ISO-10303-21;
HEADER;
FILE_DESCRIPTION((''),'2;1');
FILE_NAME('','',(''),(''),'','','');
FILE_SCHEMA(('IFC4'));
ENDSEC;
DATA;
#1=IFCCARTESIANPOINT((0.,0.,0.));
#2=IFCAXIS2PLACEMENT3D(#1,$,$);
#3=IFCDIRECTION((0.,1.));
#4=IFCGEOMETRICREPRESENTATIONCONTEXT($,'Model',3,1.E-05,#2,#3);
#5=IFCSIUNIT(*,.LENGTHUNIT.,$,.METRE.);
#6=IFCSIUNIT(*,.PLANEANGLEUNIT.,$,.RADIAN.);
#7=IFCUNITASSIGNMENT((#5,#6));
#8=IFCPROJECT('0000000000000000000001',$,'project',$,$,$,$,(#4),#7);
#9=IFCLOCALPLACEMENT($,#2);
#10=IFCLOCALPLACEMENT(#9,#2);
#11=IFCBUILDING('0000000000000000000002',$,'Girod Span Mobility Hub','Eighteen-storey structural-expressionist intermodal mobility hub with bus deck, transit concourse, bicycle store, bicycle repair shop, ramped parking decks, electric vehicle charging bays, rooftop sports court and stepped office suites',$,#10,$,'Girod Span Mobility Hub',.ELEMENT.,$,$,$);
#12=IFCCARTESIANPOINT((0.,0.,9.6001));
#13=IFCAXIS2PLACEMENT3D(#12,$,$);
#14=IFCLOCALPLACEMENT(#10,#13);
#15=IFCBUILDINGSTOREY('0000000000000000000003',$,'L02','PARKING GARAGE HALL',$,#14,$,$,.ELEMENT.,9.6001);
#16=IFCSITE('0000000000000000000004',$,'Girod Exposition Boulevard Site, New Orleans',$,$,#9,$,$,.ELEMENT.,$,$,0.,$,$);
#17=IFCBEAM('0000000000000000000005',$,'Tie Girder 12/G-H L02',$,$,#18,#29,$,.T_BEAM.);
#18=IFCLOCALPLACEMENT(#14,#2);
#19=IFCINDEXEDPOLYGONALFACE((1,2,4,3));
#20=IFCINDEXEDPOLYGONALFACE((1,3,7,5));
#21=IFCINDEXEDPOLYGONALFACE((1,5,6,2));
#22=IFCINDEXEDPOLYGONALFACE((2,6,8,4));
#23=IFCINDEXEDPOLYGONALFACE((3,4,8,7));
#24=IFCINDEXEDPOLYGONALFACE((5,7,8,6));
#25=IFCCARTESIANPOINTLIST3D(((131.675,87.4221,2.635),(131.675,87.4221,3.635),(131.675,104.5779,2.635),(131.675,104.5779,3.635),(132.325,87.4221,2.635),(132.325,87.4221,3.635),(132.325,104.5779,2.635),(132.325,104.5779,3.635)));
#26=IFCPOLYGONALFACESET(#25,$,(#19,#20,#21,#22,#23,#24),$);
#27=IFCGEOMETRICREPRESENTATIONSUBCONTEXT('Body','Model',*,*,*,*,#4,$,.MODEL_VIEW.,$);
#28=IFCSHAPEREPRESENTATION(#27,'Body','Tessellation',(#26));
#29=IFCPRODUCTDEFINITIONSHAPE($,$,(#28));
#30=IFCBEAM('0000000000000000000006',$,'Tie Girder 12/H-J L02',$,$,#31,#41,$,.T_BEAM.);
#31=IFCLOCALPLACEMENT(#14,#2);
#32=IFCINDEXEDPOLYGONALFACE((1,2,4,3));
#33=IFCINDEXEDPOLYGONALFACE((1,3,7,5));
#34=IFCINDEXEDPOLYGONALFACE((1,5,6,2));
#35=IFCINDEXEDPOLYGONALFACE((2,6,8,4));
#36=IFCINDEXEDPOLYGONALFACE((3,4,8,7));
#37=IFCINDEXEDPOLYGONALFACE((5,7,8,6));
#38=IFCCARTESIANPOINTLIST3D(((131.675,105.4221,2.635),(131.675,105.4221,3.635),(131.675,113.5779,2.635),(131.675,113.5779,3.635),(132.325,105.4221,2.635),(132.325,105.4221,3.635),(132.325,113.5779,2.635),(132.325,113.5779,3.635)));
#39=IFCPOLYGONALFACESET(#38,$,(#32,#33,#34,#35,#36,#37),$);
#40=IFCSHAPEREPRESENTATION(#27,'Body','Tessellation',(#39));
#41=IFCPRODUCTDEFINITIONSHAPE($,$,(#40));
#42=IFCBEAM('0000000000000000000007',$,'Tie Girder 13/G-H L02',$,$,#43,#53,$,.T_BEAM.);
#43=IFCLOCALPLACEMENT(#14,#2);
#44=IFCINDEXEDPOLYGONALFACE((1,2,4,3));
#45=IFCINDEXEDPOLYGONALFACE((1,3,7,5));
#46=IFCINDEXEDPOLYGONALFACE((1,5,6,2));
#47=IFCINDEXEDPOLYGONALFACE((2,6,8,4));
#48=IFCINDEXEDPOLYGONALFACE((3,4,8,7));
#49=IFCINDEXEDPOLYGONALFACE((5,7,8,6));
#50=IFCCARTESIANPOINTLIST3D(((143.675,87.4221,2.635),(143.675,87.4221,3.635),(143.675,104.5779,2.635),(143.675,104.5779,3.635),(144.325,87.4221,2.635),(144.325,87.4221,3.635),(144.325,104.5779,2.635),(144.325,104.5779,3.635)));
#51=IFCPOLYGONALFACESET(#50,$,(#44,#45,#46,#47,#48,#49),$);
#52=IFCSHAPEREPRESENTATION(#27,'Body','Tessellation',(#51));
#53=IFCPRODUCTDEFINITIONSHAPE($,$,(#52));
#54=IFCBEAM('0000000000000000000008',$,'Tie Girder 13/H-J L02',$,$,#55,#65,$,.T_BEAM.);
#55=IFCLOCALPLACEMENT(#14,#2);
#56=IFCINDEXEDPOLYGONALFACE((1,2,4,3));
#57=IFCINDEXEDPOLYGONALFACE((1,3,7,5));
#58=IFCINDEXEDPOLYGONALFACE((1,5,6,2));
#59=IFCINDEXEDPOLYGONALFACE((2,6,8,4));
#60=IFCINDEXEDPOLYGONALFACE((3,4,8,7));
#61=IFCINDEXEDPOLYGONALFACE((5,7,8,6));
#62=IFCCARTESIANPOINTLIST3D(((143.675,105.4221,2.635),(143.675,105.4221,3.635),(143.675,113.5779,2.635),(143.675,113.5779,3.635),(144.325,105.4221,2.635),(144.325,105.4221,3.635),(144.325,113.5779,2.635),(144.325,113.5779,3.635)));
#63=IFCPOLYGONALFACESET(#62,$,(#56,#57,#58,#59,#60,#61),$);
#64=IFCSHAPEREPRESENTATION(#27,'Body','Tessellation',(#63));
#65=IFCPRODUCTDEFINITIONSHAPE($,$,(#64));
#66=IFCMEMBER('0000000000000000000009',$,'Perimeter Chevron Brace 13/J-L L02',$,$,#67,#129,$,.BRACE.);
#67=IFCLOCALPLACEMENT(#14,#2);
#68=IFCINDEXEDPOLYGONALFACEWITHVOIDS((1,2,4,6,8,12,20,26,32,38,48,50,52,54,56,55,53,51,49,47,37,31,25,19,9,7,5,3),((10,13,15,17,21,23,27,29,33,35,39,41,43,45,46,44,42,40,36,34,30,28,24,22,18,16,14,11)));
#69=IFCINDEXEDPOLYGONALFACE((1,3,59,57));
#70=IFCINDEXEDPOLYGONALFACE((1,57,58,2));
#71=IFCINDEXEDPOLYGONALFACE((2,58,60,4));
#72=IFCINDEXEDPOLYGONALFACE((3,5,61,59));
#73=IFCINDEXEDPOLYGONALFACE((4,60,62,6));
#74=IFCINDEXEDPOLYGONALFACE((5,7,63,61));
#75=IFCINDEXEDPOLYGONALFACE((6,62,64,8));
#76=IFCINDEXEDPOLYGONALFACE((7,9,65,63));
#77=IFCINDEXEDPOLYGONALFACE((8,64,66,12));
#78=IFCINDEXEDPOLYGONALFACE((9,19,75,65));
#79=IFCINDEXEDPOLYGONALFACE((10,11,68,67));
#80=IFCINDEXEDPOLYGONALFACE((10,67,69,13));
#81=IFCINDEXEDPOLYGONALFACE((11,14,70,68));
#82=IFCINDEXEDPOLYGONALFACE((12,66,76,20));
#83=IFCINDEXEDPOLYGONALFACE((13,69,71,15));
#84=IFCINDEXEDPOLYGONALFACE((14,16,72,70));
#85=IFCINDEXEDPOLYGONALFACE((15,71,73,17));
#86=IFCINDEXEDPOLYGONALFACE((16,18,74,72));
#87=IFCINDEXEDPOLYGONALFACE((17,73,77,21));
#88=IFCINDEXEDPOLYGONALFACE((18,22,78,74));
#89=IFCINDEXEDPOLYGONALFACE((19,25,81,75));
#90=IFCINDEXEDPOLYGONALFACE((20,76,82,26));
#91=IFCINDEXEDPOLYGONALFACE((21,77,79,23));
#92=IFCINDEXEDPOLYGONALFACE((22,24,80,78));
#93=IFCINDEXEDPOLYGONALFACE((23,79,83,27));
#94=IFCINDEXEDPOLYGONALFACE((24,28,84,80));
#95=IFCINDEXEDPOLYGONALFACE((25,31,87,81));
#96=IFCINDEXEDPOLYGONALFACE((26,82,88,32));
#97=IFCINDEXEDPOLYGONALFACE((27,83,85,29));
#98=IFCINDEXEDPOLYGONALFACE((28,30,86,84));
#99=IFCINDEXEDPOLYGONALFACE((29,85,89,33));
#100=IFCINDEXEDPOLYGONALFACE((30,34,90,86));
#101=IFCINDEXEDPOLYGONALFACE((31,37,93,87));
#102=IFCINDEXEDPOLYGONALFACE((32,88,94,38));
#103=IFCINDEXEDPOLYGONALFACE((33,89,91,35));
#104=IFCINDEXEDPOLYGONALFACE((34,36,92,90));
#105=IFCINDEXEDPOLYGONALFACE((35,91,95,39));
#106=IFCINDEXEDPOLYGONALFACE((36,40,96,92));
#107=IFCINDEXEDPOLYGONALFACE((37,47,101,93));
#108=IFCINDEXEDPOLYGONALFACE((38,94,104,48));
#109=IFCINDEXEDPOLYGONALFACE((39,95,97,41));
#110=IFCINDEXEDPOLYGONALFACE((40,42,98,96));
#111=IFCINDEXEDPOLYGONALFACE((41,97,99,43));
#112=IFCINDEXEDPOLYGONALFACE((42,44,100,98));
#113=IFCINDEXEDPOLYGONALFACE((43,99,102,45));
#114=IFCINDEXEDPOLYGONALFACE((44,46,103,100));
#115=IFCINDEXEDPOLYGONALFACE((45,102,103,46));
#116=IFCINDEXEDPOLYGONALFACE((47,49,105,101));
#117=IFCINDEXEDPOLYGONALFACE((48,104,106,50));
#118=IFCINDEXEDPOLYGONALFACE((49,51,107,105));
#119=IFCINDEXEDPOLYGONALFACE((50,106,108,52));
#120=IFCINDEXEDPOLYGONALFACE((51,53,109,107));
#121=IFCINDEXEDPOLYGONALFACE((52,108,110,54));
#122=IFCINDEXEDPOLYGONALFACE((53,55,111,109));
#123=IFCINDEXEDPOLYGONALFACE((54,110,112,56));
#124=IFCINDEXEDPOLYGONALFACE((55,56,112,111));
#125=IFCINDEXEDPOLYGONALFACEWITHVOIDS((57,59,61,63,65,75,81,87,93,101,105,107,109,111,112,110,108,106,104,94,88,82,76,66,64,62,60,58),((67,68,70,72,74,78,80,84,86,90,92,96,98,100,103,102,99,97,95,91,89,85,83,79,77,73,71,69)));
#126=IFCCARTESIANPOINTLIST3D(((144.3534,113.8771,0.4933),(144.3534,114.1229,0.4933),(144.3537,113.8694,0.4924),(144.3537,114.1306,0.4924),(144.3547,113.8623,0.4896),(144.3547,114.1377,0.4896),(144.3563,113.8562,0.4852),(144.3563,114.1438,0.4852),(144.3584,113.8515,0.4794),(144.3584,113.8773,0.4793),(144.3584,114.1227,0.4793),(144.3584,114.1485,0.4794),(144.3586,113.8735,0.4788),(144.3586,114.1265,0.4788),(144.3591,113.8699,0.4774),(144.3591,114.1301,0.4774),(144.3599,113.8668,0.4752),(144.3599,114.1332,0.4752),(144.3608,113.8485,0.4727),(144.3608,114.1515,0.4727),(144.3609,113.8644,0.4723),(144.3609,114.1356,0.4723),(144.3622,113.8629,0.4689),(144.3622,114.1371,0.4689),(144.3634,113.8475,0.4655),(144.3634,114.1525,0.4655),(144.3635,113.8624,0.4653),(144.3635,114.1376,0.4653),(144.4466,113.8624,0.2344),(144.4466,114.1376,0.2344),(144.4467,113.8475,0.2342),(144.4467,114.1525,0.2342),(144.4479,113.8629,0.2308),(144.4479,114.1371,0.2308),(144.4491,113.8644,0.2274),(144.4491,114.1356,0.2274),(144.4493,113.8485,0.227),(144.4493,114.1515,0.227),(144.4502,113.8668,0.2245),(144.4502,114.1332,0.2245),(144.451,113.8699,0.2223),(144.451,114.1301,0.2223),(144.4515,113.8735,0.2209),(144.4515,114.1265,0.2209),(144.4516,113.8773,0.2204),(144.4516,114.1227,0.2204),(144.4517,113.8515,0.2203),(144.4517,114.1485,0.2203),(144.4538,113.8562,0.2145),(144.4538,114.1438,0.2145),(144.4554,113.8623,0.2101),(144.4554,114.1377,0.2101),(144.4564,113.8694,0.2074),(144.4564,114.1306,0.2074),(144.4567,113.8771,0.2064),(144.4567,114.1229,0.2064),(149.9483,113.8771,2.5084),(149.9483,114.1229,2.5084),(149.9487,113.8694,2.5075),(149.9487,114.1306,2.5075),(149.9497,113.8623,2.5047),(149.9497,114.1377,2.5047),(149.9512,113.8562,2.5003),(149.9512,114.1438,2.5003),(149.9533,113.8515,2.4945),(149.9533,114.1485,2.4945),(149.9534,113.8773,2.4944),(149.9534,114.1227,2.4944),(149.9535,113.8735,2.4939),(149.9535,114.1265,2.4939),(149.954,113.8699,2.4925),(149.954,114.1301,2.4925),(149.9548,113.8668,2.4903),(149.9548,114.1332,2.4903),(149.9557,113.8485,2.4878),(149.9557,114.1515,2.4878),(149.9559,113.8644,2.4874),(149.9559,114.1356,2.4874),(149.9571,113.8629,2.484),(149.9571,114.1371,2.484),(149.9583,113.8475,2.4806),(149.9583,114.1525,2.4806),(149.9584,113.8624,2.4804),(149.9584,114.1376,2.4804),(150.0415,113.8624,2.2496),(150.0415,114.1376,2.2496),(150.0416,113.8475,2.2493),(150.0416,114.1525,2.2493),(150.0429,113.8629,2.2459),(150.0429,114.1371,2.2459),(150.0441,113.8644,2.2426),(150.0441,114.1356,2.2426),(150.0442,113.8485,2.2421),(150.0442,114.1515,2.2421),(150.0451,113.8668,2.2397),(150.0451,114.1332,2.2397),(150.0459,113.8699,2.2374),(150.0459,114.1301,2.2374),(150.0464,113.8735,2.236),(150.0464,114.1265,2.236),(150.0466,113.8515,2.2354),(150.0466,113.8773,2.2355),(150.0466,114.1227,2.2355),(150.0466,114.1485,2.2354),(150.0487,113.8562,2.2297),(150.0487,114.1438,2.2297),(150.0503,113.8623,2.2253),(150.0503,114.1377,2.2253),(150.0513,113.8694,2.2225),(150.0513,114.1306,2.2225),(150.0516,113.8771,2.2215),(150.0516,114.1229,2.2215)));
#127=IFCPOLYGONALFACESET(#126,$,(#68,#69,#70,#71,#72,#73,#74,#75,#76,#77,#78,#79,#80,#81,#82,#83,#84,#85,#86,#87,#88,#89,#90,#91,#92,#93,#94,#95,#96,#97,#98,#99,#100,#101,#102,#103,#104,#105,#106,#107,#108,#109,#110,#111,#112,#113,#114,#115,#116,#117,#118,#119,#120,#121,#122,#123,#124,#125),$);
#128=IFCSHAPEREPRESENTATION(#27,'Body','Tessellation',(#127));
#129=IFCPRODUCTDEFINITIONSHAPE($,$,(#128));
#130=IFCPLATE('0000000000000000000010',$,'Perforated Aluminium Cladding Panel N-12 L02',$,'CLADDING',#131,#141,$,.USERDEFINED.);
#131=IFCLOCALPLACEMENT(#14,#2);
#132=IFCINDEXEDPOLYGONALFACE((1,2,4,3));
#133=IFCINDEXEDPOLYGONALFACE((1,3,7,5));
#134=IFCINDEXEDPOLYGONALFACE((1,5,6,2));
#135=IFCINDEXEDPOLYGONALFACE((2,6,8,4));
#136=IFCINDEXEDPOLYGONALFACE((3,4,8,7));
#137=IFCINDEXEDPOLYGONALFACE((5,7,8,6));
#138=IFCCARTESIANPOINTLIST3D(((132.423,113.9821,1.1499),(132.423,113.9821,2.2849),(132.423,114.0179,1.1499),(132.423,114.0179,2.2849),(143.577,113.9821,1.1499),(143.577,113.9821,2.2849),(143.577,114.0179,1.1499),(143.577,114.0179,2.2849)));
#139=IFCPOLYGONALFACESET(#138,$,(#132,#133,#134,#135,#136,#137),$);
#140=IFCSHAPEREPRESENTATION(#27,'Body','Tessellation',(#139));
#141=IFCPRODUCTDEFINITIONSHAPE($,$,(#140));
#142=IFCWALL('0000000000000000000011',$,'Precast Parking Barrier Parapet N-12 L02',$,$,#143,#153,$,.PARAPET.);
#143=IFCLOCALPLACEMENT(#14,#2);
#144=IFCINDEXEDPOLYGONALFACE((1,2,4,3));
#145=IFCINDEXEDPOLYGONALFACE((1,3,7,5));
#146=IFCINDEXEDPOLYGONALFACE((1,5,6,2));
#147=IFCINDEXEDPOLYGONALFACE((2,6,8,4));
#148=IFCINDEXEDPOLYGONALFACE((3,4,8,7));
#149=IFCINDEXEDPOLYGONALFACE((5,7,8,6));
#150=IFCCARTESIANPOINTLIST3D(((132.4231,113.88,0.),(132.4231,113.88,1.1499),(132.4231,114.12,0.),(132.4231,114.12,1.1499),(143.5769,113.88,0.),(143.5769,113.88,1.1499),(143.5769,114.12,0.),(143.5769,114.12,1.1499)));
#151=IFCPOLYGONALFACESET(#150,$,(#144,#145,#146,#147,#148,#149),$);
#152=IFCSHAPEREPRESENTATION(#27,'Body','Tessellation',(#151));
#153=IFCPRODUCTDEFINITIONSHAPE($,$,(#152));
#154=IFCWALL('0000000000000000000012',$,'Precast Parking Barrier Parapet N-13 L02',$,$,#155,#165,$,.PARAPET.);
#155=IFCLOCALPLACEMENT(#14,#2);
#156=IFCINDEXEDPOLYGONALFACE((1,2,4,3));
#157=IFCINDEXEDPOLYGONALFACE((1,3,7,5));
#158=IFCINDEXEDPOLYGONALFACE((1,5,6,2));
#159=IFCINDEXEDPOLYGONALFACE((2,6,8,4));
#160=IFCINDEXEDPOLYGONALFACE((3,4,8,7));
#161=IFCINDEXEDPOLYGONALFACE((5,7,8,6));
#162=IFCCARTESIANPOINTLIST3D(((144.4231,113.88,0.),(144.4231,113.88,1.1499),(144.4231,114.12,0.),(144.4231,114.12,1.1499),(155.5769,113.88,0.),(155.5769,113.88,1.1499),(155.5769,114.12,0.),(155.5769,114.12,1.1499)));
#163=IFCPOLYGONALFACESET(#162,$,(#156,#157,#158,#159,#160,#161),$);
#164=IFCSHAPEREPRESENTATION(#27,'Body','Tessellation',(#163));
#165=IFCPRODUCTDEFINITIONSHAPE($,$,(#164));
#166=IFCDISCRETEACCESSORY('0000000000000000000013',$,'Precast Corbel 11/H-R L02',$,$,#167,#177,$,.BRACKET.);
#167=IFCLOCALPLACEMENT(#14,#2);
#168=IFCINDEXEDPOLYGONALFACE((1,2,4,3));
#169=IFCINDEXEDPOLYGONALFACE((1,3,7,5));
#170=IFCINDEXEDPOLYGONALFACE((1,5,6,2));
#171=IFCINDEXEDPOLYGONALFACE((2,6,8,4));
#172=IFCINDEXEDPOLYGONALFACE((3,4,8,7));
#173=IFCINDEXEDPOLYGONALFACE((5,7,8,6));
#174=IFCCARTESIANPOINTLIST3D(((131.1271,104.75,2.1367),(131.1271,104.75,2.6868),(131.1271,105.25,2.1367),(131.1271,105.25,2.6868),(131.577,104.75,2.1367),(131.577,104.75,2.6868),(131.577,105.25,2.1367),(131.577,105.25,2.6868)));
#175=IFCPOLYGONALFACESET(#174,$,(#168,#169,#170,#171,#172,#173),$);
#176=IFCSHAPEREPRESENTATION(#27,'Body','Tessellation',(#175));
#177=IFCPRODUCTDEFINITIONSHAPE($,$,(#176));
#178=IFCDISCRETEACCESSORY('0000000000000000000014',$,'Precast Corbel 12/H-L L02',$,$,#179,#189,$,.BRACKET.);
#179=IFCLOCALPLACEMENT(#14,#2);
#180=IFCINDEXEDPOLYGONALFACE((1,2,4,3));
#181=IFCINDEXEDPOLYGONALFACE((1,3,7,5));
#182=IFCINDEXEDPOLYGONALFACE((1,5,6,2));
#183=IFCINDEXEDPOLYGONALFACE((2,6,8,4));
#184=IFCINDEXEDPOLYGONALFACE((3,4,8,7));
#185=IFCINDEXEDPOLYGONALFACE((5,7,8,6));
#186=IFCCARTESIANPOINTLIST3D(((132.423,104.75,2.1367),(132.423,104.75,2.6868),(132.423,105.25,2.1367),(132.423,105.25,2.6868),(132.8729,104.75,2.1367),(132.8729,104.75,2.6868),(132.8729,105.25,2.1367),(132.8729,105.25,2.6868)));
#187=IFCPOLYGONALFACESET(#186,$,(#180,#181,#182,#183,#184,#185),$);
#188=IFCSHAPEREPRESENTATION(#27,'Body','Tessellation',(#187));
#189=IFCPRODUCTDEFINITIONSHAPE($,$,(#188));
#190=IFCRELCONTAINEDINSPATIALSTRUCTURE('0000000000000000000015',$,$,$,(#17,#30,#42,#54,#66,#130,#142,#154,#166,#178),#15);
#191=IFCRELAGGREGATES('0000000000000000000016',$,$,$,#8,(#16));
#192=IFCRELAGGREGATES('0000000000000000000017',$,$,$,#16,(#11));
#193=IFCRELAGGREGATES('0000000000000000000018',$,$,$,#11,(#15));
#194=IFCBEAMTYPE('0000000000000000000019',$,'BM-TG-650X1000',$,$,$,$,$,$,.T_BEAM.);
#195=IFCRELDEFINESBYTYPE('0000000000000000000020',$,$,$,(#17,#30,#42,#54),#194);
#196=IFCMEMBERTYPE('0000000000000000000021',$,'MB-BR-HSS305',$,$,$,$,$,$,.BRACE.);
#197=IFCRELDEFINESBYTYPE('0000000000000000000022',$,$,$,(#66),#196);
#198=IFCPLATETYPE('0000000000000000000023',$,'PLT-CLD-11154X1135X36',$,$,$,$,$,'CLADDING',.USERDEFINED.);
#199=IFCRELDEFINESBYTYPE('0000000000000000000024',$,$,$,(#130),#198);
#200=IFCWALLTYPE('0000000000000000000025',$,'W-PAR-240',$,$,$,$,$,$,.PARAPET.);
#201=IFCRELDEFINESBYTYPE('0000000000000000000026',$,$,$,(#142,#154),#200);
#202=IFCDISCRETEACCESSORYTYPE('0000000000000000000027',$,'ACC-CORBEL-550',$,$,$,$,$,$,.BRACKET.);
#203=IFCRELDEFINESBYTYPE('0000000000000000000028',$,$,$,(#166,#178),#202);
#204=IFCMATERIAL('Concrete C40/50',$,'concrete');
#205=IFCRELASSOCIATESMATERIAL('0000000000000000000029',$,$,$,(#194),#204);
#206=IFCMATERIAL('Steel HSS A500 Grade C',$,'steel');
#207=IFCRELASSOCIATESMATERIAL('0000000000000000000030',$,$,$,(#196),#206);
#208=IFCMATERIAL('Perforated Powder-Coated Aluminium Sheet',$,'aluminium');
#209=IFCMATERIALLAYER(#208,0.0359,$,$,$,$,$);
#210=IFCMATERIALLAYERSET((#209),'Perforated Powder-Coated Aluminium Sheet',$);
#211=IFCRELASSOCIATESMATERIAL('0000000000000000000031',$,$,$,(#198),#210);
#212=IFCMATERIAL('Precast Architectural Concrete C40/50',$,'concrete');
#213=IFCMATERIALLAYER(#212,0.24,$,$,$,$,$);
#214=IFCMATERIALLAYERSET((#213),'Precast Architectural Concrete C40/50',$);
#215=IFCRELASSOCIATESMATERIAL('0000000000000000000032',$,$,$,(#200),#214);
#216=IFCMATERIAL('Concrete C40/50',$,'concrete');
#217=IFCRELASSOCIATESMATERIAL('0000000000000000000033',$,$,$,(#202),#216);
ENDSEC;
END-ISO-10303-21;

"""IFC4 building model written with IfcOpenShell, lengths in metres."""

from ifc_helpers import new_model, si_unit, direction, frame, frame_2d, origin, origin_2d, place, context, subcontext, project, spatial, rectangle, hollow_rectangle, extrude, material, layer, layer_set, material_profile, profile_set, type_object, element, save


model = new_model("IFC4")

# Units and contexts
model_context = context("Model", 3, precision=1e-05, world=origin(), true_north=direction((0.0, 1.0)))
body_context = subcontext(model_context, "Body", "Model", "MODEL_VIEW")
ifc_project = project(units=[si_unit("LENGTHUNIT", "METRE"), si_unit("PLANEANGLEUNIT", "RADIAN")], contexts=[model_context])

# Site, building, storey
site_placement = place(None, origin())
site = spatial("IfcSite", under=ifc_project, at=site_placement, Name="Girod Exposition Boulevard Site, New Orleans", CompositionType="ELEMENT", RefElevation=0.0)
building_placement = place(site_placement, origin())
building = spatial("IfcBuilding", under=site, at=building_placement, Name="Girod Span Mobility Hub", Description="Eighteen-storey structural-expressionist intermodal mobility hub with bus deck, transit concourse, bicycle store, bicycle repair shop, ramped parking decks, electric vehicle charging bays, rooftop sports court and stepped office suites", LongName="Girod Span Mobility Hub", CompositionType="ELEMENT")
storey_placement = place(building_placement, frame((0.0, 0.0, 9.6001)))
storey = spatial("IfcBuildingStorey", under=building, at=storey_placement, Name="L02", Description="PARKING GARAGE HALL", CompositionType="ELEMENT", Elevation=9.6001)

# Beams
ifc_material_1 = material(Name="Concrete C40/50", Category="concrete")
ifc_material_profile_1 = material_profile(ifc_material_1, rectangle(XDim=0.6499, YDim=1.0, at=origin_2d()), Name="TG-650X1000")
ifc_profile_set_1 = profile_set([ifc_material_profile_1], Name="Concrete C40/50")
beam_type_1 = type_object("IfcBeamType", Name="BM-TG-650X1000", PredefinedType="T_BEAM", material=ifc_profile_set_1)
beam_1_placement = place(storey_placement, frame((132.0, 87.4221, 3.135), z_axis=(0.0, 1.0, 0.0), x_axis=(-1.0, 0.0, 0.0)))
element("IfcBeam", 1, at=beam_1_placement, inside=storey, type_object=beam_type_1, Name="Tie Girder 12/G-H L02", PredefinedType="T_BEAM", context=body_context, shape_type="SweptSolid", body=[
    extrude(rectangle(XDim=0.6499, YDim=1.0, at=origin_2d()), origin(), (0.0, 0.0, 1.0), 17.1558),
])
beam_2_placement = place(storey_placement, frame((132.0, 105.4221, 3.135), z_axis=(0.0, 1.0, 0.0), x_axis=(-1.0, 0.0, 0.0)))
element("IfcBeam", 2, at=beam_2_placement, inside=storey, type_object=beam_type_1, Name="Tie Girder 12/H-J L02", PredefinedType="T_BEAM", context=body_context, shape_type="SweptSolid", body=[
    extrude(rectangle(XDim=0.6499, YDim=1.0, at=origin_2d()), origin(), (0.0, 0.0, 1.0), 8.1558),
])
beam_3_placement = place(storey_placement, frame((144.0, 87.4221, 3.135), z_axis=(0.0, 1.0, 0.0), x_axis=(-1.0, 0.0, 0.0)))
element("IfcBeam", 3, at=beam_3_placement, inside=storey, type_object=beam_type_1, Name="Tie Girder 13/G-H L02", PredefinedType="T_BEAM", context=body_context, shape_type="SweptSolid", body=[
    extrude(rectangle(XDim=0.6499, YDim=1.0, at=origin_2d()), origin(), (0.0, 0.0, 1.0), 17.1558),
])
beam_4_placement = place(storey_placement, frame((144.0, 105.4221, 3.135), z_axis=(0.0, 1.0, 0.0), x_axis=(-1.0, 0.0, 0.0)))
element("IfcBeam", 4, at=beam_4_placement, inside=storey, type_object=beam_type_1, Name="Tie Girder 13/H-J L02", PredefinedType="T_BEAM", context=body_context, shape_type="SweptSolid", body=[
    extrude(rectangle(XDim=0.6499, YDim=1.0, at=origin_2d()), origin(), (0.0, 0.0, 1.0), 8.1558),
])

# Member
ifc_material_2 = material(Name="Steel HSS A500 Grade C", Category="steel")
ifc_material_profile_2 = material_profile(ifc_material_2, hollow_rectangle(XDim=0.3049, YDim=0.3049, WallThickness=0.0149, InnerFilletRadius=0.0149, OuterFilletRadius=0.0295, at=origin_2d()), Name="HSS305X305X16")
ifc_profile_set_2 = profile_set([ifc_material_profile_2], Name="Steel HSS A500 Grade C")
member_type = type_object("IfcMemberType", Name="MB-BR-HSS305", PredefinedType="BRACE", material=ifc_profile_set_2)
member_placement = place(storey_placement, frame((144.405, 114.0, 0.3499), z_axis=(0.940837, 0.0, 0.33886), x_axis=(0.0, 1.0, 0.0)))
element("IfcMember", 5, at=member_placement, inside=storey, type_object=member_type, Name="Perimeter Chevron Brace 13/J-L L02", PredefinedType="BRACE", context=body_context, shape_type="SweptSolid", body=[
    extrude(hollow_rectangle(XDim=0.3049, YDim=0.3049, WallThickness=0.0149, InnerFilletRadius=0.0149, OuterFilletRadius=0.0295, at=origin_2d()), origin(), (0.0, 0.0, 1.0), 5.9468),
])

# Plate
ifc_material_3 = material(Name="Perforated Powder-Coated Aluminium Sheet", Category="aluminium")
ifc_layer_1 = layer(ifc_material_3, 0.0359)
ifc_layer_set_1 = layer_set([ifc_layer_1], Name="Perforated Powder-Coated Aluminium Sheet")
plate_type = type_object("IfcPlateType", Name="PLT-CLD-11154X1135X36", ElementType="CLADDING", PredefinedType="USERDEFINED", material=ifc_layer_set_1)
plate_placement = place(storey_placement, frame((138.0, 114.0, 1.1499), z_axis=(0.0, 0.0, 1.0), x_axis=(1.0, 0.0, 0.0)))
element("IfcPlate", 6, at=plate_placement, inside=storey, type_object=plate_type, Name="Perforated Aluminium Cladding Panel N-12 L02", ObjectType="CLADDING", PredefinedType="USERDEFINED", context=body_context, shape_type="SweptSolid", body=[
    extrude(rectangle(XDim=11.1541, YDim=0.0359, at=origin_2d()), origin(), (0.0, 0.0, 1.0), 1.135),
])

# Walls
ifc_material_4 = material(Name="Precast Architectural Concrete C40/50", Category="concrete")
ifc_layer_2 = layer(ifc_material_4, 0.24)
ifc_layer_set_2 = layer_set([ifc_layer_2], Name="Precast Architectural Concrete C40/50")
wall_type = type_object("IfcWallType", Name="W-PAR-240", PredefinedType="PARAPET", material=ifc_layer_set_2)
for number, where, z_axis, x_axis, name in (
    (7, (132.4231, 114.0, 0.0), (0.0, 0.0, 1.0), (1.0, 0.0, 0.0), "Precast Parking Barrier Parapet N-12 L02"),
    (8, (144.4231, 114.0, 0.0), (0.0, 0.0, 1.0), (1.0, 0.0, 0.0), "Precast Parking Barrier Parapet N-13 L02"),
):
    element("IfcWall", number, at=place(storey_placement, frame(where, z_axis=z_axis, x_axis=x_axis)), inside=storey, type_object=wall_type, Name=name, PredefinedType="PARAPET", context=body_context, shape_type="SweptSolid", body=[
        extrude(rectangle(XDim=11.1538, YDim=0.24, at=frame_2d((5.5769, 0.0))), origin(), (0.0, 0.0, 1.0), 1.1499),
    ])

# Discrete accessories
ifc_material_5 = material(Name="Concrete C40/50", Category="concrete")
discrete_accessory_type = type_object("IfcDiscreteAccessoryType", Name="ACC-CORBEL-550", PredefinedType="BRACKET", material=ifc_material_5)
for number, where, z_axis, x_axis, name in (
    (9, (131.3521, 105.0, 2.1367), (0.0, 0.0, 1.0), (1.0, 0.0, 0.0), "Precast Corbel 11/H-R L02"),
    (10, (132.6479, 105.0, 2.1367), (0.0, 0.0, 1.0), (1.0, 0.0, 0.0), "Precast Corbel 12/H-L L02"),
):
    element("IfcDiscreteAccessory", number, at=place(storey_placement, frame(where, z_axis=z_axis, x_axis=x_axis)), inside=storey, type_object=discrete_accessory_type, Name=name, PredefinedType="BRACKET", context=body_context, shape_type="SweptSolid", body=[
        extrude(rectangle(XDim=0.45, YDim=0.5, at=origin_2d()), origin(), (0.0, 0.0, 1.0), 0.55),
    ])

save(model, "model.ifc")
